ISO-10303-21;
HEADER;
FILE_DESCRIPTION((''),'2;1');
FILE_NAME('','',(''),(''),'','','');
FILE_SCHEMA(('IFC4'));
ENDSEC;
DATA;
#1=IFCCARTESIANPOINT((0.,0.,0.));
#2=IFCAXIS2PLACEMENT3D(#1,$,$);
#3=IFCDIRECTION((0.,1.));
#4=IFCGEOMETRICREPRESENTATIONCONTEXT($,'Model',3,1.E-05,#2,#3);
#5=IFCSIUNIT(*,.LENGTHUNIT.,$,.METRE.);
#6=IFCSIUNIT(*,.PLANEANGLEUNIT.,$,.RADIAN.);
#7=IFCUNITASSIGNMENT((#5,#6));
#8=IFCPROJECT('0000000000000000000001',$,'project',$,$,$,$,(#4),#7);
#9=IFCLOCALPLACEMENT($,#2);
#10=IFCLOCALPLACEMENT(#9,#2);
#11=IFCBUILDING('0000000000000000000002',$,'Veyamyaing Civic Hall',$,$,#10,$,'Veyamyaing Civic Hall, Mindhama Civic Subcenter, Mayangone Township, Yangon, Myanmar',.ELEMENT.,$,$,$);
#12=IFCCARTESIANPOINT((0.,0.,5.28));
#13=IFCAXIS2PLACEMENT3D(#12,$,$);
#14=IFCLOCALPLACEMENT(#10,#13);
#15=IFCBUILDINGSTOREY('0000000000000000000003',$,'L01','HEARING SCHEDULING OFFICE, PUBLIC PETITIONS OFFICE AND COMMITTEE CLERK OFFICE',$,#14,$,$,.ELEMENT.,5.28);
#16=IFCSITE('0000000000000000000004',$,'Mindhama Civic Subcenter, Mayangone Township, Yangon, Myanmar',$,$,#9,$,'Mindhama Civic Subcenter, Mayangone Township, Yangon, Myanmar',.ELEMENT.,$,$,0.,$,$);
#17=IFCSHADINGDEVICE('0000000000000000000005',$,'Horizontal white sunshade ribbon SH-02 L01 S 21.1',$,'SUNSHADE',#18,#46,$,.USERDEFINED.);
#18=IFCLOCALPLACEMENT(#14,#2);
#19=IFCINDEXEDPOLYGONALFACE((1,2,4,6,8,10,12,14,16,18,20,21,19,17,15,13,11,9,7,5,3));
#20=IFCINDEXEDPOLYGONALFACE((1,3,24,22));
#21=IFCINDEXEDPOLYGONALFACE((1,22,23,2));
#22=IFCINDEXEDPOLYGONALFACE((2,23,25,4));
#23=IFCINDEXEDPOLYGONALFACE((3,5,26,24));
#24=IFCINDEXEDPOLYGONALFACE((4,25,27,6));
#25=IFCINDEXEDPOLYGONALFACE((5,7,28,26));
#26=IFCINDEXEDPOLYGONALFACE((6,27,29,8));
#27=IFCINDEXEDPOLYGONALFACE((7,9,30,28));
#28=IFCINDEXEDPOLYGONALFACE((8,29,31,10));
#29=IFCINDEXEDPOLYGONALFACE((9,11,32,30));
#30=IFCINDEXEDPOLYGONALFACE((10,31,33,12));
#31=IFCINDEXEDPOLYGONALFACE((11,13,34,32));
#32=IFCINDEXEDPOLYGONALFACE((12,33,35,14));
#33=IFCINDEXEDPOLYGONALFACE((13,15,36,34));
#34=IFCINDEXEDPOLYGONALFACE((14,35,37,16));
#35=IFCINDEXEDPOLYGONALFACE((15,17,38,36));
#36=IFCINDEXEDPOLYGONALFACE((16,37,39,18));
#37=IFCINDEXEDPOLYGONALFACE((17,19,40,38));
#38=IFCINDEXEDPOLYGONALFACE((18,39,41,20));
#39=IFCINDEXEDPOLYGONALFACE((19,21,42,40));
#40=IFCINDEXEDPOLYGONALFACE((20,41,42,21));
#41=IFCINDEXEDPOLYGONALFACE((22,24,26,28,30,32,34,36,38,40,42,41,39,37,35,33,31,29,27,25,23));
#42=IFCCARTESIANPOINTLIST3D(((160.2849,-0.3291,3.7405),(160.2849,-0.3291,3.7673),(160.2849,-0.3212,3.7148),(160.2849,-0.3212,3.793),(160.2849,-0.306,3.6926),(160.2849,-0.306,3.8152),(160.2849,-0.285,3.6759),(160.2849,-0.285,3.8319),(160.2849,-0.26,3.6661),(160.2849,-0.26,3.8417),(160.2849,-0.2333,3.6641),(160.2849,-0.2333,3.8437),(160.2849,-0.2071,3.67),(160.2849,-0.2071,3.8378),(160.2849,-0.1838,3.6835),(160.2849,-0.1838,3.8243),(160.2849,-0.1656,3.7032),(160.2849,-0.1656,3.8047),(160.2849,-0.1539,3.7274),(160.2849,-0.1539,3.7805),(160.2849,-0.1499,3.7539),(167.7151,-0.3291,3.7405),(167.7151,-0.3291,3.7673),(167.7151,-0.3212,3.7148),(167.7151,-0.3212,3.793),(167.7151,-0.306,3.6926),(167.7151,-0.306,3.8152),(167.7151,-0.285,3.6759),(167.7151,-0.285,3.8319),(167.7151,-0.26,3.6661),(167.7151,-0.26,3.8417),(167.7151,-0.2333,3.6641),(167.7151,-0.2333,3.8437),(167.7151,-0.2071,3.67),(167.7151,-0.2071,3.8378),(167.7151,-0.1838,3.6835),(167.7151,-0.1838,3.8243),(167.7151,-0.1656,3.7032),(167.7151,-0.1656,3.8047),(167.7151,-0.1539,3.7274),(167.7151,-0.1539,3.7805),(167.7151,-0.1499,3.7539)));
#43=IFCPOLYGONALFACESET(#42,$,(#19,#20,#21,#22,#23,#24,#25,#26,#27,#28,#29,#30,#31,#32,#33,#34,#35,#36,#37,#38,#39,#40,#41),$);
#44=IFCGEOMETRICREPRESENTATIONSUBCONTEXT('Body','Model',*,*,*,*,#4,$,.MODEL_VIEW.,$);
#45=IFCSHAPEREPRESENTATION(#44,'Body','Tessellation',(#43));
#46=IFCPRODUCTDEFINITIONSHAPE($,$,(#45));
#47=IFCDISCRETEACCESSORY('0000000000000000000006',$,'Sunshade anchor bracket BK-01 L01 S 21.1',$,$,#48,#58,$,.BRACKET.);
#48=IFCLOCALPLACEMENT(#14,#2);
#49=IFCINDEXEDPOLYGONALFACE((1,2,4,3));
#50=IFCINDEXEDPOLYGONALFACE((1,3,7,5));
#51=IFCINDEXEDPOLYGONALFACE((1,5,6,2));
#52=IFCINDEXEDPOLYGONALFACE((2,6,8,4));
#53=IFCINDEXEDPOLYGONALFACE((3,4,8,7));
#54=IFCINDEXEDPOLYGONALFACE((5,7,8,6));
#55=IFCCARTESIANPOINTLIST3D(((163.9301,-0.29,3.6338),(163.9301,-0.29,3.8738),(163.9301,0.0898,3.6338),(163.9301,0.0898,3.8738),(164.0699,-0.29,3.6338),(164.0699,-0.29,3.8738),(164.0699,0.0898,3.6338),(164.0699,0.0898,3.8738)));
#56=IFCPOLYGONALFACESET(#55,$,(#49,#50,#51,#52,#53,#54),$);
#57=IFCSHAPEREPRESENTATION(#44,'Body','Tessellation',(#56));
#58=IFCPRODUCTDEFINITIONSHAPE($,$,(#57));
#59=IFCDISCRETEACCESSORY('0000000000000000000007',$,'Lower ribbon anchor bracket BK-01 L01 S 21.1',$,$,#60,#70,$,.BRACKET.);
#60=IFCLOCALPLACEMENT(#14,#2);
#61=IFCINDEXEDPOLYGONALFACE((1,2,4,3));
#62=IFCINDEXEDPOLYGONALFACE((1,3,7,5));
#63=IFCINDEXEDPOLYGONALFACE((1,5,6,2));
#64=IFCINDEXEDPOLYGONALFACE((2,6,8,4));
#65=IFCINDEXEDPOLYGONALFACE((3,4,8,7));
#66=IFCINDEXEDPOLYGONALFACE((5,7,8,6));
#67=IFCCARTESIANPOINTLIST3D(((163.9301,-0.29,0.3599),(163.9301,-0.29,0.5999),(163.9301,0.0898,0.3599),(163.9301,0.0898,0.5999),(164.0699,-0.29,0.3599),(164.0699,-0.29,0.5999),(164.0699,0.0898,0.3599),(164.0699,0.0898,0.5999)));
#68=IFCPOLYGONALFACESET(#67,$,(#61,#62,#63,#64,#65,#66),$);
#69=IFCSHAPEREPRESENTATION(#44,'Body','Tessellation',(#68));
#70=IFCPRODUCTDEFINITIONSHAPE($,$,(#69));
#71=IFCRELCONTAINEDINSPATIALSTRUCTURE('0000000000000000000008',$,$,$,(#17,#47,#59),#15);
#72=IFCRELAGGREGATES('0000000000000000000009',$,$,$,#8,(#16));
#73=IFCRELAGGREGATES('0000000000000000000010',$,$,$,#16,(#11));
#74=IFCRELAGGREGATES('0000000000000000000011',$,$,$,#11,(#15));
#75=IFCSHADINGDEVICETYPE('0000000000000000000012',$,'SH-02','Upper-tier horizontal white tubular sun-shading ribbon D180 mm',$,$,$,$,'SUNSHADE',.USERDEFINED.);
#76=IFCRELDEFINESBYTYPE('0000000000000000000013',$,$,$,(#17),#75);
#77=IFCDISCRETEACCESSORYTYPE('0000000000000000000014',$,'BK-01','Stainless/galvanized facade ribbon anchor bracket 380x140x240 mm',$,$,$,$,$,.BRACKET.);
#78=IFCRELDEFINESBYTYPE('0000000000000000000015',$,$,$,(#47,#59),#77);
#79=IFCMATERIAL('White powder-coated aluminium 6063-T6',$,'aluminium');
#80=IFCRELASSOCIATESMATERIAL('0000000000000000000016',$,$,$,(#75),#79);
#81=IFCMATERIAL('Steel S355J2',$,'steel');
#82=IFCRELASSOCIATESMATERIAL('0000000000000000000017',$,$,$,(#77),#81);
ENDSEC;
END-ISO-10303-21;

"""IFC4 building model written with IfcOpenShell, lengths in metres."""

from ifc_helpers import new_model, si_unit, direction, frame, origin, origin_2d, place, context, subcontext, project, spatial, rectangle, circle, extrude, material, material_profile, profile_set, type_object, element, save


model = new_model("IFC4")

# Units and contexts
model_context = context("Model", 3, precision=1e-05, world=origin(), true_north=direction((0.0, 1.0)))
body_context = subcontext(model_context, "Body", "Model", "MODEL_VIEW")
ifc_project = project(units=[si_unit("LENGTHUNIT", "METRE"), si_unit("PLANEANGLEUNIT", "RADIAN")], contexts=[model_context])

# Site, building, storey
site_placement = place(None, origin())
site = spatial("IfcSite", under=ifc_project, at=site_placement, Name="Mindhama Civic Subcenter, Mayangone Township, Yangon, Myanmar", LongName="Mindhama Civic Subcenter, Mayangone Township, Yangon, Myanmar", CompositionType="ELEMENT", RefElevation=0.0)
building_placement = place(site_placement, origin())
building = spatial("IfcBuilding", under=site, at=building_placement, Name="Veyamyaing Civic Hall", LongName="Veyamyaing Civic Hall, Mindhama Civic Subcenter, Mayangone Township, Yangon, Myanmar", CompositionType="ELEMENT")
storey_placement = place(building_placement, frame((0.0, 0.0, 5.28)))
storey = spatial("IfcBuildingStorey", under=building, at=storey_placement, Name="L01", Description="HEARING SCHEDULING OFFICE, PUBLIC PETITIONS OFFICE AND COMMITTEE CLERK OFFICE", CompositionType="ELEMENT", Elevation=5.28)

# Shared definitions
ifc_material_1 = material(Name="White powder-coated aluminium 6063-T6", Category="aluminium")

# Shading device
ifc_material_profile_1 = material_profile(ifc_material_1, circle(Radius=0.0901, at=origin_2d()), Name="SHADE-TUBE-180")
ifc_profile_set_1 = profile_set([ifc_material_profile_1], Name="White powder-coated aluminium 6063-T6")
shading_device_type = type_object("IfcShadingDeviceType", Name="SH-02", Description="Upper-tier horizontal white tubular sun-shading ribbon D180 mm", ElementType="SUNSHADE", PredefinedType="USERDEFINED", material=ifc_profile_set_1)
shading_device_placement = place(storey_placement, frame((160.2849, -0.24, 3.7539), z_axis=(1.0, 0.0, 0.0), x_axis=(0.0, 1.0, 0.0)))
element("IfcShadingDevice", 1, at=shading_device_placement, inside=storey, type_object=shading_device_type, Name="Horizontal white sunshade ribbon SH-02 L01 S 21.1", ObjectType="SUNSHADE", PredefinedType="USERDEFINED", context=body_context, shape_type="SweptSolid", body=[
    extrude(circle(Radius=0.0901, at=origin_2d()), origin(), (0.0, 0.0, 1.0), 7.4302),
])

# Discrete accessories
ifc_material_2 = material(Name="Steel S355J2", Category="steel")
discrete_accessory_type = type_object("IfcDiscreteAccessoryType", Name="BK-01", Description="Stainless/galvanized facade ribbon anchor bracket 380x140x240 mm", PredefinedType="BRACKET", material=ifc_material_2)
for number, where, z_axis, x_axis, name in (
    (2, (164.0, -0.1001, 3.6338), (0.0, 0.0, 1.0), (0.0, -1.0, 0.0), "Sunshade anchor bracket BK-01 L01 S 21.1"),
    (3, (164.0, -0.1001, 0.3599), (0.0, 0.0, 1.0), (0.0, -1.0, 0.0), "Lower ribbon anchor bracket BK-01 L01 S 21.1"),
):
    element("IfcDiscreteAccessory", number, at=place(storey_placement, frame(where, z_axis=z_axis, x_axis=x_axis)), inside=storey, type_object=discrete_accessory_type, Name=name, PredefinedType="BRACKET", context=body_context, shape_type="SweptSolid", body=[
        extrude(rectangle(XDim=0.3799, YDim=0.1399, at=origin_2d()), origin(), (0.0, 0.0, 1.0), 0.24),
    ])

save(model, "model.ifc")
